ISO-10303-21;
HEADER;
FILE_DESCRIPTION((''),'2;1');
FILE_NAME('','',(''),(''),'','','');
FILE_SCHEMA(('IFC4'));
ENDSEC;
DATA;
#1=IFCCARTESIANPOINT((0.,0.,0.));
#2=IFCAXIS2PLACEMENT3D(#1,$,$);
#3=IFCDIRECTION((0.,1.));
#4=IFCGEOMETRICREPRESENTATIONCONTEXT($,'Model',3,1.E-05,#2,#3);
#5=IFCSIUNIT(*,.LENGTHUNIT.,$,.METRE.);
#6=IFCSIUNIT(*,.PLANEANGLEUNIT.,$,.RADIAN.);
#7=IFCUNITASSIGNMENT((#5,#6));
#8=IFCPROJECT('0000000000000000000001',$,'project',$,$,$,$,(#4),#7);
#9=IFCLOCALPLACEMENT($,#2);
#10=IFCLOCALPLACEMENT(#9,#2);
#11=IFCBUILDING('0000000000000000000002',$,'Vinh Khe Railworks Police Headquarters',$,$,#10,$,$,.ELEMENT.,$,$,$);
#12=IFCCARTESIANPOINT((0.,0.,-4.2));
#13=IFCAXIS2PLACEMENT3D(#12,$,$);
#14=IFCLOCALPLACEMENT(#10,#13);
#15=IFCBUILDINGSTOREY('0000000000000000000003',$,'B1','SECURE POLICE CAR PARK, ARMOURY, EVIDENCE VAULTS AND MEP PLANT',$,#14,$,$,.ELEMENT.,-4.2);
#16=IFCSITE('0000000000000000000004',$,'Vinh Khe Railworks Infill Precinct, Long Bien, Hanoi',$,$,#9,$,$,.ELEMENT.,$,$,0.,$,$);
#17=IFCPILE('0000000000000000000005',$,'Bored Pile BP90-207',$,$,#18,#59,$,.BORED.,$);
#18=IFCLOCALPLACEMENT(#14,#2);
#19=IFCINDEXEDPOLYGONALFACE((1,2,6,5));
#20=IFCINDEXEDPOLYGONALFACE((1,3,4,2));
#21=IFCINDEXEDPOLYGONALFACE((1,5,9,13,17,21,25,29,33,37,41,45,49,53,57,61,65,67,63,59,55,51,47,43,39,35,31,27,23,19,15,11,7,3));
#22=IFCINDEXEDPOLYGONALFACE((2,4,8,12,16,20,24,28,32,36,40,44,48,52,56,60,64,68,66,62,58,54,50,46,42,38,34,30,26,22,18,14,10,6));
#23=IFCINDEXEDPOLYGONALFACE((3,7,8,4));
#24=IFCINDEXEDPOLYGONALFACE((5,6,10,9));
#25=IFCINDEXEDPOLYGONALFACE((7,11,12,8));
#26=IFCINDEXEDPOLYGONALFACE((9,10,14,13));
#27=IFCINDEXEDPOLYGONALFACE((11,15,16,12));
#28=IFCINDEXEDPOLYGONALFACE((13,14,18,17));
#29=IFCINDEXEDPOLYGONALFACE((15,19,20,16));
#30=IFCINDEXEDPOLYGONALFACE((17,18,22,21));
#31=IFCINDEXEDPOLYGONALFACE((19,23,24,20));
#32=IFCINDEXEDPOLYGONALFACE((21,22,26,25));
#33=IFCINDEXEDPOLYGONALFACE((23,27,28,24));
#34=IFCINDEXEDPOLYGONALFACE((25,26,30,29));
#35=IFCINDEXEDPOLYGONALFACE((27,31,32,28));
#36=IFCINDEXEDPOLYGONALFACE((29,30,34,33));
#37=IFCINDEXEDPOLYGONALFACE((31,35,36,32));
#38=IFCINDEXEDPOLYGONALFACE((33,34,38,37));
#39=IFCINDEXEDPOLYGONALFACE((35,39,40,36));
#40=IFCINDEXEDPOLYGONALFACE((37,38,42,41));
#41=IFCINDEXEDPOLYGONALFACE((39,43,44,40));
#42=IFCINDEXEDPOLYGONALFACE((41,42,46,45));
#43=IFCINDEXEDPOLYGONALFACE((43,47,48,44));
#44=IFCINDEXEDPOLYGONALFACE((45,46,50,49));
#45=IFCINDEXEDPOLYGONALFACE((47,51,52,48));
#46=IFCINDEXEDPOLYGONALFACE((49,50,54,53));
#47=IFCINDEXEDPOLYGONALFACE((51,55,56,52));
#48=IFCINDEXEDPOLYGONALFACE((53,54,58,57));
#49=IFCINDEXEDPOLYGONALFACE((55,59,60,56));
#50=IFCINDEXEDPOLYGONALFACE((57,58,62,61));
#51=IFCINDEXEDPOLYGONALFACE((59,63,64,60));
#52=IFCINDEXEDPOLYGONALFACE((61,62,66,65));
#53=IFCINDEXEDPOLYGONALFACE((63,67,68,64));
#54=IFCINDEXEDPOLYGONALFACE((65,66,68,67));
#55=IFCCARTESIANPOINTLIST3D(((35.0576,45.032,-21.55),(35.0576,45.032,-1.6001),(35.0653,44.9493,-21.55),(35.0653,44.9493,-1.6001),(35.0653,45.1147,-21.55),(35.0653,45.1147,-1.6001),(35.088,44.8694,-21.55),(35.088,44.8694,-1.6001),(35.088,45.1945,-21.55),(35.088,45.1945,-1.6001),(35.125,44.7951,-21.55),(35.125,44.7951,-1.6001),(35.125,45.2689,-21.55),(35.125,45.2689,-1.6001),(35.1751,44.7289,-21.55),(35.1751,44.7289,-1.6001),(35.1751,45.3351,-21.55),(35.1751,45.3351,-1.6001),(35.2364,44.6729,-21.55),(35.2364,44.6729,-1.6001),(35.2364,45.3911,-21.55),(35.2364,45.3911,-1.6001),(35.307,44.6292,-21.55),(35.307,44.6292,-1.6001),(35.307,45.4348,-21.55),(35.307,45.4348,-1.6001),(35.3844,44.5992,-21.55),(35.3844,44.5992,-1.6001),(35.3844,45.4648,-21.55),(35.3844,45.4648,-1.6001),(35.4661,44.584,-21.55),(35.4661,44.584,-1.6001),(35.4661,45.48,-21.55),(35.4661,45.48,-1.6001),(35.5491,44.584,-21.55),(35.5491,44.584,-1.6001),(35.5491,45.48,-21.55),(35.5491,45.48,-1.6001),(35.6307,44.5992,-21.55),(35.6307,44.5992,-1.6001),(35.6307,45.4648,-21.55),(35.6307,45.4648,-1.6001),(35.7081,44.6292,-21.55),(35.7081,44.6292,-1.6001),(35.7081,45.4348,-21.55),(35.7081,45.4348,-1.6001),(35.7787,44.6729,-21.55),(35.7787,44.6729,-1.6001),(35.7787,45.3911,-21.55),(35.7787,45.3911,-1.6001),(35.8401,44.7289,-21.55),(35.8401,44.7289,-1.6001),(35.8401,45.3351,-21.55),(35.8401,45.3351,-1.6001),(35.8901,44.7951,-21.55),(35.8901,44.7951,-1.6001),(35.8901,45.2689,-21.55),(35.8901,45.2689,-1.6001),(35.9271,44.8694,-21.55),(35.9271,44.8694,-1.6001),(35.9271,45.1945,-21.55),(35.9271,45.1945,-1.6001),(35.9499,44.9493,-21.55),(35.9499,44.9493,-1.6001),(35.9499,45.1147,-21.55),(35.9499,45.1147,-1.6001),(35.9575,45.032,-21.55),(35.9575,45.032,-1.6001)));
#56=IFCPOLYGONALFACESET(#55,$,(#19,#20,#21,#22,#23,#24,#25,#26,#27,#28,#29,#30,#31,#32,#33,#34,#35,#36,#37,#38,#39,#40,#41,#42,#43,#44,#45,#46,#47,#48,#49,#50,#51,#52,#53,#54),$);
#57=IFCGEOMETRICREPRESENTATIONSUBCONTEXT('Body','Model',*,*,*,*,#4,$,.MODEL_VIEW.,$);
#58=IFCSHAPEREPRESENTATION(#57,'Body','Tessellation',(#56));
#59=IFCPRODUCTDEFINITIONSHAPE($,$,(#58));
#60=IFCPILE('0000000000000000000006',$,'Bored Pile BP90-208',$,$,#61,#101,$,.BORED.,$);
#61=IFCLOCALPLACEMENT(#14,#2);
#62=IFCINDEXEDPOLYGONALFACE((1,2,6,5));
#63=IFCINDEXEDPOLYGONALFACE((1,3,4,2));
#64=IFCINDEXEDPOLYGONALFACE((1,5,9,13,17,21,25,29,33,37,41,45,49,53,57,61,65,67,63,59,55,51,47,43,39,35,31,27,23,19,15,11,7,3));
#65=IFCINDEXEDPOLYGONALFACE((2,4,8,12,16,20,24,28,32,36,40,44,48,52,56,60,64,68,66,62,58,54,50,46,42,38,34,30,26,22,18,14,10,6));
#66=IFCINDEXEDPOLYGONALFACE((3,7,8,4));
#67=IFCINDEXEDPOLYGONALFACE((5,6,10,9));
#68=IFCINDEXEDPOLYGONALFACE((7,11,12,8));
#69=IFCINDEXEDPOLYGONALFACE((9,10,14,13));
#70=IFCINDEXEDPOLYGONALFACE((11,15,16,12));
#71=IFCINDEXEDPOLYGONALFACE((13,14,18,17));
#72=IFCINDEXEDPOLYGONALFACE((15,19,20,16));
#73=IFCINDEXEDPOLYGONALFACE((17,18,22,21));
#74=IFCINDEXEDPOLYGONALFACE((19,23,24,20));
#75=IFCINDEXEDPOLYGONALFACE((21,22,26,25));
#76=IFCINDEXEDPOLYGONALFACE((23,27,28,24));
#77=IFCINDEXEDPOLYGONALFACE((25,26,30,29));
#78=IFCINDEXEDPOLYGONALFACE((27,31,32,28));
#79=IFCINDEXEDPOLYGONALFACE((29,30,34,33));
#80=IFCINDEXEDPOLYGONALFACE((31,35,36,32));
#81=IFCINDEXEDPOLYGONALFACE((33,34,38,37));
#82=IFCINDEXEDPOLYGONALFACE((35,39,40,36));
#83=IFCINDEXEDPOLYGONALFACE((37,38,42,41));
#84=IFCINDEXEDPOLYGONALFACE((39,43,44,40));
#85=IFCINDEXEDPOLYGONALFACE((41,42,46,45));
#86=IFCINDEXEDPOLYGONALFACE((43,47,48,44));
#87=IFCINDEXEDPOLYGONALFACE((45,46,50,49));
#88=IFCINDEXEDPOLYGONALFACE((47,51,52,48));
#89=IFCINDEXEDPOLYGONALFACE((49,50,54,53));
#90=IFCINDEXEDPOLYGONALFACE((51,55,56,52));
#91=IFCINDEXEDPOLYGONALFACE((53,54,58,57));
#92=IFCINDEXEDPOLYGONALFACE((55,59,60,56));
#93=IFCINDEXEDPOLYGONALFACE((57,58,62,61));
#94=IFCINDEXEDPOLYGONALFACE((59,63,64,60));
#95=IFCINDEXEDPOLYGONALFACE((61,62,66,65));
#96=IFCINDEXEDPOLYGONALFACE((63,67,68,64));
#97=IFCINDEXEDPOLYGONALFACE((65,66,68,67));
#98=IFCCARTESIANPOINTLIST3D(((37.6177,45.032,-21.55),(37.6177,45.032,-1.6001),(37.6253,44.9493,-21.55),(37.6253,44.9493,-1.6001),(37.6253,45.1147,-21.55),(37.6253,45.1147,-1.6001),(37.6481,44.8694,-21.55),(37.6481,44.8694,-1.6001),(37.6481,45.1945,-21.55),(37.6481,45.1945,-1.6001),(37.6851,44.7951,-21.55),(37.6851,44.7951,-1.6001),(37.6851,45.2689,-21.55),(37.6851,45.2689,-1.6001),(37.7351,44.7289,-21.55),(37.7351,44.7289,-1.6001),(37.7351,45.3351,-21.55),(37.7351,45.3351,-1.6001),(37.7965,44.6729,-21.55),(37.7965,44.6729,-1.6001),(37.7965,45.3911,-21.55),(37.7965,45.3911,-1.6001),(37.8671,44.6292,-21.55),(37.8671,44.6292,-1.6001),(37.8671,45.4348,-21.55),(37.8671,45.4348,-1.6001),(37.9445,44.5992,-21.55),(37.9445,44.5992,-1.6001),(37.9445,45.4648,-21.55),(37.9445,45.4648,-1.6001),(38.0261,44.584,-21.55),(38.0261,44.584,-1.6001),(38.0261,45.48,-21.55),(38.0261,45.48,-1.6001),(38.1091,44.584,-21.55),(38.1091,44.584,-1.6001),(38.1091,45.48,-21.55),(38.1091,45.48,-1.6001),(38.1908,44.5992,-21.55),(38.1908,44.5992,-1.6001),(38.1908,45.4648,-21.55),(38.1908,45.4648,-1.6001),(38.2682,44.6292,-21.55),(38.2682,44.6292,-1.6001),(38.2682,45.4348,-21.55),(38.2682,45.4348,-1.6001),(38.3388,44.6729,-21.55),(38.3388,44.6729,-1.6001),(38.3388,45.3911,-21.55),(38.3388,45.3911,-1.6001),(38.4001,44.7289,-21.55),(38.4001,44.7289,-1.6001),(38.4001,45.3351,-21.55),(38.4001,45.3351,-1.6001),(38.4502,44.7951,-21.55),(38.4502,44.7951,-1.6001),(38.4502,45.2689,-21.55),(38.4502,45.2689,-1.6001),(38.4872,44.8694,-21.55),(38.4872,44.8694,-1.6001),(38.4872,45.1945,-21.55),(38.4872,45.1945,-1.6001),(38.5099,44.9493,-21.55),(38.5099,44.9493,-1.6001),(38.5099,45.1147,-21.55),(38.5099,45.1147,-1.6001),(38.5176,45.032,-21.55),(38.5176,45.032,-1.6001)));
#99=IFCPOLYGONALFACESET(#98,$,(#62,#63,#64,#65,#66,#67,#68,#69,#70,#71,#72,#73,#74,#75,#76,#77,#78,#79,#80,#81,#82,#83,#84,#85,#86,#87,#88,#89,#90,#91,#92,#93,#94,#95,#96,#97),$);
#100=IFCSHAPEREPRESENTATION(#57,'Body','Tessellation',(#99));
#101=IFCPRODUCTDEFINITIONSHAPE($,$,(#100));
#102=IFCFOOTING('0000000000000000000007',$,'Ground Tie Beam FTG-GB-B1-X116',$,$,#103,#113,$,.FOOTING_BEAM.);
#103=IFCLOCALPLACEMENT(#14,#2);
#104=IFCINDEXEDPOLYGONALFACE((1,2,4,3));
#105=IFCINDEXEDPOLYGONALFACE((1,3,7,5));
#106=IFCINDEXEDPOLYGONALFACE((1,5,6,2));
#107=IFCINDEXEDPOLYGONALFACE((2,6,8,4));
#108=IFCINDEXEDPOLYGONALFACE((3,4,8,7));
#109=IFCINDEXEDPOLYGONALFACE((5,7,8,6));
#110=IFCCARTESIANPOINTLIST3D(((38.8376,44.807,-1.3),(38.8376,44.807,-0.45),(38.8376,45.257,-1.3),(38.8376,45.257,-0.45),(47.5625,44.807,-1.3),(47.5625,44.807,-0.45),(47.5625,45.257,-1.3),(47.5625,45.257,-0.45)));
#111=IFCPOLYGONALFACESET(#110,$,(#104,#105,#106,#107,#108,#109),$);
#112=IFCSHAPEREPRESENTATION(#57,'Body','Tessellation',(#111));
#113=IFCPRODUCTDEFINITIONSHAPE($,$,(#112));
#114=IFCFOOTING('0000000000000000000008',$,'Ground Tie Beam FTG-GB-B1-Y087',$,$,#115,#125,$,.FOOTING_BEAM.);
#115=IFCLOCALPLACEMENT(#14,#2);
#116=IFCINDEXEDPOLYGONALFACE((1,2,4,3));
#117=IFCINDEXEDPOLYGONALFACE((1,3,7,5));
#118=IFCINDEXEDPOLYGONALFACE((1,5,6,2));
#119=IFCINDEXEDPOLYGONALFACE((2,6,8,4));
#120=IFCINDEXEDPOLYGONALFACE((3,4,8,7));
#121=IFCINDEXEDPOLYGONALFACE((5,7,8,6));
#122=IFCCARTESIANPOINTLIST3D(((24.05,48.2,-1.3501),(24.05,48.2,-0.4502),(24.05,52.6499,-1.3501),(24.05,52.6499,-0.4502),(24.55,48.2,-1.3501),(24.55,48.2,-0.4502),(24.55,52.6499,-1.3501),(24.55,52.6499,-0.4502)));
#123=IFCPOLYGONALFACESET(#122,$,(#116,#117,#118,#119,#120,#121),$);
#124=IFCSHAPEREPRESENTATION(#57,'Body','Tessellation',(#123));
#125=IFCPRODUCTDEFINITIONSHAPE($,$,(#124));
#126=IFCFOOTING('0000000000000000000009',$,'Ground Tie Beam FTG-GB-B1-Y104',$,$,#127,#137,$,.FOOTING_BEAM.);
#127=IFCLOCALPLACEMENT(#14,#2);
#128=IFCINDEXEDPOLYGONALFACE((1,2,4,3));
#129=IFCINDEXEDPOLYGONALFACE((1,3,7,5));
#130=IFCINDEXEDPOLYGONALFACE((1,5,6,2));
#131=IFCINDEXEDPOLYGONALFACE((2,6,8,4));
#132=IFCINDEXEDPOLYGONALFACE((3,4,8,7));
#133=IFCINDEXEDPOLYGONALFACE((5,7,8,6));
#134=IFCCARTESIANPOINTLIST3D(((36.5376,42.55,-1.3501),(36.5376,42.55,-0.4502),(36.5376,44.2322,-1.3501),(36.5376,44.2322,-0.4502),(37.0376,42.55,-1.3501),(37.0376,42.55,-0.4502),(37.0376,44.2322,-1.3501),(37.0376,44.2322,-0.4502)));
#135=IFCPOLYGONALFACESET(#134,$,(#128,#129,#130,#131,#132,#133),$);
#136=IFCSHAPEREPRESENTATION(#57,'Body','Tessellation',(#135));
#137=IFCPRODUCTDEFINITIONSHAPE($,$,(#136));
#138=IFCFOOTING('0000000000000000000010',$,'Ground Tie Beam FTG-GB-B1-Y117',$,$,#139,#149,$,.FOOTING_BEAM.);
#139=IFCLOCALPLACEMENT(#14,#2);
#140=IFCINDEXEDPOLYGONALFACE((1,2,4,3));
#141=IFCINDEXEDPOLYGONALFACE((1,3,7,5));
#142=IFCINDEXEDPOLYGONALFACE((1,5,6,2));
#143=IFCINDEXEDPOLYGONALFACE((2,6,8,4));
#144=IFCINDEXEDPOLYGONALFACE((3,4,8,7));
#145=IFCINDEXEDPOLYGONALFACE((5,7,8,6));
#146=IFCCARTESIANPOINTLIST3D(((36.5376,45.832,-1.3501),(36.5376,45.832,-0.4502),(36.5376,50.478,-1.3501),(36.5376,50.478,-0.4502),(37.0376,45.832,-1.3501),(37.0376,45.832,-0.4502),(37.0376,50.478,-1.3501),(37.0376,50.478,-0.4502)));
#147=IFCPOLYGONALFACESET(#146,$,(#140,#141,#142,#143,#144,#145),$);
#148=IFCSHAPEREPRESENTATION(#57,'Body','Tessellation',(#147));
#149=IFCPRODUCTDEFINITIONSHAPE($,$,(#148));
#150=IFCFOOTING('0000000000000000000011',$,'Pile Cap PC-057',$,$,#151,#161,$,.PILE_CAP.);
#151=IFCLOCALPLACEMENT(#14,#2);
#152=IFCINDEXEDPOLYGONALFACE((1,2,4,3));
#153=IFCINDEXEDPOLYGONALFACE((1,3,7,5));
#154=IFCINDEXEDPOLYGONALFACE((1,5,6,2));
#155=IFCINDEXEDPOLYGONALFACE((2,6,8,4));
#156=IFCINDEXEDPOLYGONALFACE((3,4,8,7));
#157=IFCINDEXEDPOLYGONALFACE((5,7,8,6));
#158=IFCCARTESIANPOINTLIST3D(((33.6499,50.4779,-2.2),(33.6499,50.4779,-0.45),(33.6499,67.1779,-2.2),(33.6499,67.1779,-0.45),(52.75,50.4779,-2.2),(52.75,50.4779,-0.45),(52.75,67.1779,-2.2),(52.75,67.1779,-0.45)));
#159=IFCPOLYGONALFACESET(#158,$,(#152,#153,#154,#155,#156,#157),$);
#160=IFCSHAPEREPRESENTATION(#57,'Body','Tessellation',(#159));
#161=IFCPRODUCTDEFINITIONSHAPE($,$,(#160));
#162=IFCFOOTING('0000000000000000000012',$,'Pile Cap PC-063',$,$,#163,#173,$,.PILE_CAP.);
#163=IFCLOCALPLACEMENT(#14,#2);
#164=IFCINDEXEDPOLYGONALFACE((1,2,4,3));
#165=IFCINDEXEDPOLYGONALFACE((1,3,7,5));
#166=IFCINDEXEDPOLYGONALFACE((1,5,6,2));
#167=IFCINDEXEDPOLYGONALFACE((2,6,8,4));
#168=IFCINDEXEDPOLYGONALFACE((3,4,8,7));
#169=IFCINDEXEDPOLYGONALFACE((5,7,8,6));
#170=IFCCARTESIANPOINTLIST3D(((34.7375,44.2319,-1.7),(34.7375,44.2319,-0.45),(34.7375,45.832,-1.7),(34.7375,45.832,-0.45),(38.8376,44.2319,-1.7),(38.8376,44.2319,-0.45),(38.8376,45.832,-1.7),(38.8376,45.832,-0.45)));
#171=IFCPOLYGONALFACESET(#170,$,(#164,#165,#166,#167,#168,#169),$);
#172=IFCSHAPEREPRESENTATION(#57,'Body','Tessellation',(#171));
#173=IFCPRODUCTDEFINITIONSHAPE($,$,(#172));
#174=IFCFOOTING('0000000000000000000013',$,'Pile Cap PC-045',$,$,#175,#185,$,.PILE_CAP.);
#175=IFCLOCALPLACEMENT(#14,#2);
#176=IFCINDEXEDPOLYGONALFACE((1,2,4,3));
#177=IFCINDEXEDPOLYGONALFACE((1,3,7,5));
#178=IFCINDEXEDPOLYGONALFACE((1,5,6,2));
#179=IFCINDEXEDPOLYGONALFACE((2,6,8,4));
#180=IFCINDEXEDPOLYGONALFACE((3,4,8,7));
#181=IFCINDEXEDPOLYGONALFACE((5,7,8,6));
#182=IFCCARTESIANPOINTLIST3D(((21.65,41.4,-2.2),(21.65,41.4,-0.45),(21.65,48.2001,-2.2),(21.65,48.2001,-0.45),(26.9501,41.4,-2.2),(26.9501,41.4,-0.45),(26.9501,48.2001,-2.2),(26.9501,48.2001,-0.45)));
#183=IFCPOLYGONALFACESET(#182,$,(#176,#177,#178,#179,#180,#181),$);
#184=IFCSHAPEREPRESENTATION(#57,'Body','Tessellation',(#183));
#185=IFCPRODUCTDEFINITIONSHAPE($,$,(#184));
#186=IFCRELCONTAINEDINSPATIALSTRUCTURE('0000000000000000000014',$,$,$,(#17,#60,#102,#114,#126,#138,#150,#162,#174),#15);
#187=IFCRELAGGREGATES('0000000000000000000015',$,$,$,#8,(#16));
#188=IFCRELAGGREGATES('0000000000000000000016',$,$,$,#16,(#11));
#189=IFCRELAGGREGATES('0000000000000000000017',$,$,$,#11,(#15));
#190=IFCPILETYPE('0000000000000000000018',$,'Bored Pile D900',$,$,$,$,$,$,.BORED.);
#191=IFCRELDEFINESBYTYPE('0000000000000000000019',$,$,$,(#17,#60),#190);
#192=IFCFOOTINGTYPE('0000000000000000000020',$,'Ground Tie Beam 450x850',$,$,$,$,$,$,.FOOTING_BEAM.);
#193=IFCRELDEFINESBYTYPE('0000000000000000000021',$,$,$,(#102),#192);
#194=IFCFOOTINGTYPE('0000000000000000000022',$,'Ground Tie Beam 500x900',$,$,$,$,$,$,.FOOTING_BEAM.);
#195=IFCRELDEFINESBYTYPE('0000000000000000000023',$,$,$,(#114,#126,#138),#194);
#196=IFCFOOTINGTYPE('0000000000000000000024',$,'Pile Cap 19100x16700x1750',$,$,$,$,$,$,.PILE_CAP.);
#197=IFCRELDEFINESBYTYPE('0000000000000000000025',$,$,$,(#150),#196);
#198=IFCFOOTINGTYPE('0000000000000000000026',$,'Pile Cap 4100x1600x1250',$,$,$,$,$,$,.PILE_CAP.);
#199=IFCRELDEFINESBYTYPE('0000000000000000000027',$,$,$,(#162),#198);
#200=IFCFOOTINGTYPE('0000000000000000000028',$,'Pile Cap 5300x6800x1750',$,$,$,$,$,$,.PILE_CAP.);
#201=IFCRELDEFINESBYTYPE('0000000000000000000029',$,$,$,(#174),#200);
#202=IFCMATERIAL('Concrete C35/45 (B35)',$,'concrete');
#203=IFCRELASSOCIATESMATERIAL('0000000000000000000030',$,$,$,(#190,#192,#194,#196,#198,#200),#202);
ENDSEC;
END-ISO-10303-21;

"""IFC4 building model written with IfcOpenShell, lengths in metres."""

from ifc_helpers import new_model, si_unit, direction, frame, origin, origin_2d, place, context, subcontext, project, spatial, rectangle, circle, extrude, material, material_profile, profile_set, type_object, element, save


model = new_model("IFC4")

# Units and contexts
model_context = context("Model", 3, precision=1e-05, world=origin(), true_north=direction((0.0, 1.0)))
body_context = subcontext(model_context, "Body", "Model", "MODEL_VIEW")
ifc_project = project(units=[si_unit("LENGTHUNIT", "METRE"), si_unit("PLANEANGLEUNIT", "RADIAN")], contexts=[model_context])

# Site, building, storey
site_placement = place(None, origin())
site = spatial("IfcSite", under=ifc_project, at=site_placement, Name="Vinh Khe Railworks Infill Precinct, Long Bien, Hanoi", CompositionType="ELEMENT", RefElevation=0.0)
building_placement = place(site_placement, origin())
building = spatial("IfcBuilding", under=site, at=building_placement, Name="Vinh Khe Railworks Police Headquarters", CompositionType="ELEMENT")
storey_placement = place(building_placement, frame((0.0, 0.0, -4.2)))
storey = spatial("IfcBuildingStorey", under=building, at=storey_placement, Name="B1", Description="SECURE POLICE CAR PARK, ARMOURY, EVIDENCE VAULTS AND MEP PLANT", CompositionType="ELEMENT", Elevation=-4.2)

# Piles
ifc_material_1 = material(Name="Concrete C35/45 (B35)", Category="concrete")
ifc_material_profile_1 = material_profile(ifc_material_1, circle(Radius=0.45, at=origin_2d()), Name="BORED PILE D900")
ifc_profile_set_1 = profile_set([ifc_material_profile_1], Name="Concrete C35/45 (B35)")
pile_type_1 = type_object("IfcPileType", Name="Bored Pile D900", PredefinedType="BORED", material=ifc_profile_set_1)
for number, where, z_axis, x_axis, name in (
    (1, (35.5076, 45.032, -1.6001), (0.0, 0.0, -1.0), (1.0, 0.0, 0.0), "Bored Pile BP90-207"),
    (2, (38.0676, 45.032, -1.6001), (0.0, 0.0, -1.0), (1.0, 0.0, 0.0), "Bored Pile BP90-208"),
):
    element("IfcPile", number, at=place(storey_placement, frame(where, z_axis=z_axis, x_axis=x_axis)), inside=storey, type_object=pile_type_1, Name=name, PredefinedType="BORED", context=body_context, shape_type="SweptSolid", body=[
        extrude(circle(Radius=0.45, at=origin_2d()), origin(), (0.0, 0.0, 1.0), 19.95),
    ])

# Footings
ifc_material_profile_2 = material_profile(ifc_material_1, rectangle(XDim=0.45, YDim=0.8501, at=origin_2d()), Name="RC 450x850")
ifc_profile_set_2 = profile_set([ifc_material_profile_2], Name="Concrete C35/45 (B35)")
footing_type_1 = type_object("IfcFootingType", Name="Ground Tie Beam 450x850", PredefinedType="FOOTING_BEAM", material=ifc_profile_set_2)
footing_1_placement = place(storey_placement, frame((38.8376, 45.032, -0.875), z_axis=(1.0, 0.0, 0.0), x_axis=(0.0, 1.0, 0.0)))
element("IfcFooting", 3, at=footing_1_placement, inside=storey, type_object=footing_type_1, Name="Ground Tie Beam FTG-GB-B1-X116", PredefinedType="FOOTING_BEAM", context=body_context, shape_type="SweptSolid", body=[
    extrude(rectangle(XDim=0.45, YDim=0.8501, at=origin_2d()), origin(), (0.0, 0.0, 1.0), 8.7249),
])
ifc_material_profile_3 = material_profile(ifc_material_1, rectangle(XDim=0.5, YDim=0.8999, at=origin_2d()), Name="RC 500x900")
ifc_profile_set_3 = profile_set([ifc_material_profile_3], Name="Concrete C35/45 (B35)")
footing_type_2 = type_object("IfcFootingType", Name="Ground Tie Beam 500x900", PredefinedType="FOOTING_BEAM", material=ifc_profile_set_3)
footing_2_placement = place(storey_placement, frame((24.3, 48.2, -0.9001), z_axis=(0.0, 1.0, 0.0), x_axis=(-1.0, 0.0, 0.0)))
element("IfcFooting", 4, at=footing_2_placement, inside=storey, type_object=footing_type_2, Name="Ground Tie Beam FTG-GB-B1-Y087", PredefinedType="FOOTING_BEAM", context=body_context, shape_type="SweptSolid", body=[
    extrude(rectangle(XDim=0.5, YDim=0.8999, at=origin_2d()), origin(), (0.0, 0.0, 1.0), 4.45),
])
footing_3_placement = place(storey_placement, frame((36.7876, 42.55, -0.9001), z_axis=(0.0, 1.0, 0.0), x_axis=(-1.0, 0.0, 0.0)))
element("IfcFooting", 5, at=footing_3_placement, inside=storey, type_object=footing_type_2, Name="Ground Tie Beam FTG-GB-B1-Y104", PredefinedType="FOOTING_BEAM", context=body_context, shape_type="SweptSolid", body=[
    extrude(rectangle(XDim=0.5, YDim=0.8999, at=origin_2d()), origin(), (0.0, 0.0, 1.0), 1.6821),
])
footing_4_placement = place(storey_placement, frame((36.7876, 45.832, -0.9001), z_axis=(0.0, 1.0, 0.0), x_axis=(-1.0, 0.0, 0.0)))
element("IfcFooting", 6, at=footing_4_placement, inside=storey, type_object=footing_type_2, Name="Ground Tie Beam FTG-GB-B1-Y117", PredefinedType="FOOTING_BEAM", context=body_context, shape_type="SweptSolid", body=[
    extrude(rectangle(XDim=0.5, YDim=0.8999, at=origin_2d()), origin(), (0.0, 0.0, 1.0), 4.646),
])
footing_type_3 = type_object("IfcFootingType", Name="Pile Cap 19100x16700x1750", PredefinedType="PILE_CAP", material=ifc_material_1)
footing_5_placement = place(storey_placement, frame((43.2, 58.8279, -2.2), z_axis=(0.0, 0.0, 1.0), x_axis=(1.0, 0.0, 0.0)))
element("IfcFooting", 7, at=footing_5_placement, inside=storey, type_object=footing_type_3, Name="Pile Cap PC-057", PredefinedType="PILE_CAP", context=body_context, shape_type="SweptSolid", body=[
    extrude(rectangle(XDim=19.1001, YDim=16.7, at=origin_2d()), origin(), (0.0, 0.0, 1.0), 1.75),
])
footing_type_4 = type_object("IfcFootingType", Name="Pile Cap 4100x1600x1250", PredefinedType="PILE_CAP", material=ifc_material_1)
footing_6_placement = place(storey_placement, frame((36.7876, 45.032, -1.7), z_axis=(0.0, 0.0, 1.0), x_axis=(1.0, 0.0, 0.0)))
element("IfcFooting", 8, at=footing_6_placement, inside=storey, type_object=footing_type_4, Name="Pile Cap PC-063", PredefinedType="PILE_CAP", context=body_context, shape_type="SweptSolid", body=[
    extrude(rectangle(XDim=4.1001, YDim=1.6001, at=origin_2d()), origin(), (0.0, 0.0, 1.0), 1.25),
])
footing_type_5 = type_object("IfcFootingType", Name="Pile Cap 5300x6800x1750", PredefinedType="PILE_CAP", material=ifc_material_1)
footing_7_placement = place(storey_placement, frame((24.3, 44.8, -2.2), z_axis=(0.0, 0.0, 1.0), x_axis=(1.0, 0.0, 0.0)))
element("IfcFooting", 9, at=footing_7_placement, inside=storey, type_object=footing_type_5, Name="Pile Cap PC-045", PredefinedType="PILE_CAP", context=body_context, shape_type="SweptSolid", body=[
    extrude(rectangle(XDim=5.3, YDim=6.8, at=origin_2d()), origin(), (0.0, 0.0, 1.0), 1.75),
])

save(model, "model.ifc")
